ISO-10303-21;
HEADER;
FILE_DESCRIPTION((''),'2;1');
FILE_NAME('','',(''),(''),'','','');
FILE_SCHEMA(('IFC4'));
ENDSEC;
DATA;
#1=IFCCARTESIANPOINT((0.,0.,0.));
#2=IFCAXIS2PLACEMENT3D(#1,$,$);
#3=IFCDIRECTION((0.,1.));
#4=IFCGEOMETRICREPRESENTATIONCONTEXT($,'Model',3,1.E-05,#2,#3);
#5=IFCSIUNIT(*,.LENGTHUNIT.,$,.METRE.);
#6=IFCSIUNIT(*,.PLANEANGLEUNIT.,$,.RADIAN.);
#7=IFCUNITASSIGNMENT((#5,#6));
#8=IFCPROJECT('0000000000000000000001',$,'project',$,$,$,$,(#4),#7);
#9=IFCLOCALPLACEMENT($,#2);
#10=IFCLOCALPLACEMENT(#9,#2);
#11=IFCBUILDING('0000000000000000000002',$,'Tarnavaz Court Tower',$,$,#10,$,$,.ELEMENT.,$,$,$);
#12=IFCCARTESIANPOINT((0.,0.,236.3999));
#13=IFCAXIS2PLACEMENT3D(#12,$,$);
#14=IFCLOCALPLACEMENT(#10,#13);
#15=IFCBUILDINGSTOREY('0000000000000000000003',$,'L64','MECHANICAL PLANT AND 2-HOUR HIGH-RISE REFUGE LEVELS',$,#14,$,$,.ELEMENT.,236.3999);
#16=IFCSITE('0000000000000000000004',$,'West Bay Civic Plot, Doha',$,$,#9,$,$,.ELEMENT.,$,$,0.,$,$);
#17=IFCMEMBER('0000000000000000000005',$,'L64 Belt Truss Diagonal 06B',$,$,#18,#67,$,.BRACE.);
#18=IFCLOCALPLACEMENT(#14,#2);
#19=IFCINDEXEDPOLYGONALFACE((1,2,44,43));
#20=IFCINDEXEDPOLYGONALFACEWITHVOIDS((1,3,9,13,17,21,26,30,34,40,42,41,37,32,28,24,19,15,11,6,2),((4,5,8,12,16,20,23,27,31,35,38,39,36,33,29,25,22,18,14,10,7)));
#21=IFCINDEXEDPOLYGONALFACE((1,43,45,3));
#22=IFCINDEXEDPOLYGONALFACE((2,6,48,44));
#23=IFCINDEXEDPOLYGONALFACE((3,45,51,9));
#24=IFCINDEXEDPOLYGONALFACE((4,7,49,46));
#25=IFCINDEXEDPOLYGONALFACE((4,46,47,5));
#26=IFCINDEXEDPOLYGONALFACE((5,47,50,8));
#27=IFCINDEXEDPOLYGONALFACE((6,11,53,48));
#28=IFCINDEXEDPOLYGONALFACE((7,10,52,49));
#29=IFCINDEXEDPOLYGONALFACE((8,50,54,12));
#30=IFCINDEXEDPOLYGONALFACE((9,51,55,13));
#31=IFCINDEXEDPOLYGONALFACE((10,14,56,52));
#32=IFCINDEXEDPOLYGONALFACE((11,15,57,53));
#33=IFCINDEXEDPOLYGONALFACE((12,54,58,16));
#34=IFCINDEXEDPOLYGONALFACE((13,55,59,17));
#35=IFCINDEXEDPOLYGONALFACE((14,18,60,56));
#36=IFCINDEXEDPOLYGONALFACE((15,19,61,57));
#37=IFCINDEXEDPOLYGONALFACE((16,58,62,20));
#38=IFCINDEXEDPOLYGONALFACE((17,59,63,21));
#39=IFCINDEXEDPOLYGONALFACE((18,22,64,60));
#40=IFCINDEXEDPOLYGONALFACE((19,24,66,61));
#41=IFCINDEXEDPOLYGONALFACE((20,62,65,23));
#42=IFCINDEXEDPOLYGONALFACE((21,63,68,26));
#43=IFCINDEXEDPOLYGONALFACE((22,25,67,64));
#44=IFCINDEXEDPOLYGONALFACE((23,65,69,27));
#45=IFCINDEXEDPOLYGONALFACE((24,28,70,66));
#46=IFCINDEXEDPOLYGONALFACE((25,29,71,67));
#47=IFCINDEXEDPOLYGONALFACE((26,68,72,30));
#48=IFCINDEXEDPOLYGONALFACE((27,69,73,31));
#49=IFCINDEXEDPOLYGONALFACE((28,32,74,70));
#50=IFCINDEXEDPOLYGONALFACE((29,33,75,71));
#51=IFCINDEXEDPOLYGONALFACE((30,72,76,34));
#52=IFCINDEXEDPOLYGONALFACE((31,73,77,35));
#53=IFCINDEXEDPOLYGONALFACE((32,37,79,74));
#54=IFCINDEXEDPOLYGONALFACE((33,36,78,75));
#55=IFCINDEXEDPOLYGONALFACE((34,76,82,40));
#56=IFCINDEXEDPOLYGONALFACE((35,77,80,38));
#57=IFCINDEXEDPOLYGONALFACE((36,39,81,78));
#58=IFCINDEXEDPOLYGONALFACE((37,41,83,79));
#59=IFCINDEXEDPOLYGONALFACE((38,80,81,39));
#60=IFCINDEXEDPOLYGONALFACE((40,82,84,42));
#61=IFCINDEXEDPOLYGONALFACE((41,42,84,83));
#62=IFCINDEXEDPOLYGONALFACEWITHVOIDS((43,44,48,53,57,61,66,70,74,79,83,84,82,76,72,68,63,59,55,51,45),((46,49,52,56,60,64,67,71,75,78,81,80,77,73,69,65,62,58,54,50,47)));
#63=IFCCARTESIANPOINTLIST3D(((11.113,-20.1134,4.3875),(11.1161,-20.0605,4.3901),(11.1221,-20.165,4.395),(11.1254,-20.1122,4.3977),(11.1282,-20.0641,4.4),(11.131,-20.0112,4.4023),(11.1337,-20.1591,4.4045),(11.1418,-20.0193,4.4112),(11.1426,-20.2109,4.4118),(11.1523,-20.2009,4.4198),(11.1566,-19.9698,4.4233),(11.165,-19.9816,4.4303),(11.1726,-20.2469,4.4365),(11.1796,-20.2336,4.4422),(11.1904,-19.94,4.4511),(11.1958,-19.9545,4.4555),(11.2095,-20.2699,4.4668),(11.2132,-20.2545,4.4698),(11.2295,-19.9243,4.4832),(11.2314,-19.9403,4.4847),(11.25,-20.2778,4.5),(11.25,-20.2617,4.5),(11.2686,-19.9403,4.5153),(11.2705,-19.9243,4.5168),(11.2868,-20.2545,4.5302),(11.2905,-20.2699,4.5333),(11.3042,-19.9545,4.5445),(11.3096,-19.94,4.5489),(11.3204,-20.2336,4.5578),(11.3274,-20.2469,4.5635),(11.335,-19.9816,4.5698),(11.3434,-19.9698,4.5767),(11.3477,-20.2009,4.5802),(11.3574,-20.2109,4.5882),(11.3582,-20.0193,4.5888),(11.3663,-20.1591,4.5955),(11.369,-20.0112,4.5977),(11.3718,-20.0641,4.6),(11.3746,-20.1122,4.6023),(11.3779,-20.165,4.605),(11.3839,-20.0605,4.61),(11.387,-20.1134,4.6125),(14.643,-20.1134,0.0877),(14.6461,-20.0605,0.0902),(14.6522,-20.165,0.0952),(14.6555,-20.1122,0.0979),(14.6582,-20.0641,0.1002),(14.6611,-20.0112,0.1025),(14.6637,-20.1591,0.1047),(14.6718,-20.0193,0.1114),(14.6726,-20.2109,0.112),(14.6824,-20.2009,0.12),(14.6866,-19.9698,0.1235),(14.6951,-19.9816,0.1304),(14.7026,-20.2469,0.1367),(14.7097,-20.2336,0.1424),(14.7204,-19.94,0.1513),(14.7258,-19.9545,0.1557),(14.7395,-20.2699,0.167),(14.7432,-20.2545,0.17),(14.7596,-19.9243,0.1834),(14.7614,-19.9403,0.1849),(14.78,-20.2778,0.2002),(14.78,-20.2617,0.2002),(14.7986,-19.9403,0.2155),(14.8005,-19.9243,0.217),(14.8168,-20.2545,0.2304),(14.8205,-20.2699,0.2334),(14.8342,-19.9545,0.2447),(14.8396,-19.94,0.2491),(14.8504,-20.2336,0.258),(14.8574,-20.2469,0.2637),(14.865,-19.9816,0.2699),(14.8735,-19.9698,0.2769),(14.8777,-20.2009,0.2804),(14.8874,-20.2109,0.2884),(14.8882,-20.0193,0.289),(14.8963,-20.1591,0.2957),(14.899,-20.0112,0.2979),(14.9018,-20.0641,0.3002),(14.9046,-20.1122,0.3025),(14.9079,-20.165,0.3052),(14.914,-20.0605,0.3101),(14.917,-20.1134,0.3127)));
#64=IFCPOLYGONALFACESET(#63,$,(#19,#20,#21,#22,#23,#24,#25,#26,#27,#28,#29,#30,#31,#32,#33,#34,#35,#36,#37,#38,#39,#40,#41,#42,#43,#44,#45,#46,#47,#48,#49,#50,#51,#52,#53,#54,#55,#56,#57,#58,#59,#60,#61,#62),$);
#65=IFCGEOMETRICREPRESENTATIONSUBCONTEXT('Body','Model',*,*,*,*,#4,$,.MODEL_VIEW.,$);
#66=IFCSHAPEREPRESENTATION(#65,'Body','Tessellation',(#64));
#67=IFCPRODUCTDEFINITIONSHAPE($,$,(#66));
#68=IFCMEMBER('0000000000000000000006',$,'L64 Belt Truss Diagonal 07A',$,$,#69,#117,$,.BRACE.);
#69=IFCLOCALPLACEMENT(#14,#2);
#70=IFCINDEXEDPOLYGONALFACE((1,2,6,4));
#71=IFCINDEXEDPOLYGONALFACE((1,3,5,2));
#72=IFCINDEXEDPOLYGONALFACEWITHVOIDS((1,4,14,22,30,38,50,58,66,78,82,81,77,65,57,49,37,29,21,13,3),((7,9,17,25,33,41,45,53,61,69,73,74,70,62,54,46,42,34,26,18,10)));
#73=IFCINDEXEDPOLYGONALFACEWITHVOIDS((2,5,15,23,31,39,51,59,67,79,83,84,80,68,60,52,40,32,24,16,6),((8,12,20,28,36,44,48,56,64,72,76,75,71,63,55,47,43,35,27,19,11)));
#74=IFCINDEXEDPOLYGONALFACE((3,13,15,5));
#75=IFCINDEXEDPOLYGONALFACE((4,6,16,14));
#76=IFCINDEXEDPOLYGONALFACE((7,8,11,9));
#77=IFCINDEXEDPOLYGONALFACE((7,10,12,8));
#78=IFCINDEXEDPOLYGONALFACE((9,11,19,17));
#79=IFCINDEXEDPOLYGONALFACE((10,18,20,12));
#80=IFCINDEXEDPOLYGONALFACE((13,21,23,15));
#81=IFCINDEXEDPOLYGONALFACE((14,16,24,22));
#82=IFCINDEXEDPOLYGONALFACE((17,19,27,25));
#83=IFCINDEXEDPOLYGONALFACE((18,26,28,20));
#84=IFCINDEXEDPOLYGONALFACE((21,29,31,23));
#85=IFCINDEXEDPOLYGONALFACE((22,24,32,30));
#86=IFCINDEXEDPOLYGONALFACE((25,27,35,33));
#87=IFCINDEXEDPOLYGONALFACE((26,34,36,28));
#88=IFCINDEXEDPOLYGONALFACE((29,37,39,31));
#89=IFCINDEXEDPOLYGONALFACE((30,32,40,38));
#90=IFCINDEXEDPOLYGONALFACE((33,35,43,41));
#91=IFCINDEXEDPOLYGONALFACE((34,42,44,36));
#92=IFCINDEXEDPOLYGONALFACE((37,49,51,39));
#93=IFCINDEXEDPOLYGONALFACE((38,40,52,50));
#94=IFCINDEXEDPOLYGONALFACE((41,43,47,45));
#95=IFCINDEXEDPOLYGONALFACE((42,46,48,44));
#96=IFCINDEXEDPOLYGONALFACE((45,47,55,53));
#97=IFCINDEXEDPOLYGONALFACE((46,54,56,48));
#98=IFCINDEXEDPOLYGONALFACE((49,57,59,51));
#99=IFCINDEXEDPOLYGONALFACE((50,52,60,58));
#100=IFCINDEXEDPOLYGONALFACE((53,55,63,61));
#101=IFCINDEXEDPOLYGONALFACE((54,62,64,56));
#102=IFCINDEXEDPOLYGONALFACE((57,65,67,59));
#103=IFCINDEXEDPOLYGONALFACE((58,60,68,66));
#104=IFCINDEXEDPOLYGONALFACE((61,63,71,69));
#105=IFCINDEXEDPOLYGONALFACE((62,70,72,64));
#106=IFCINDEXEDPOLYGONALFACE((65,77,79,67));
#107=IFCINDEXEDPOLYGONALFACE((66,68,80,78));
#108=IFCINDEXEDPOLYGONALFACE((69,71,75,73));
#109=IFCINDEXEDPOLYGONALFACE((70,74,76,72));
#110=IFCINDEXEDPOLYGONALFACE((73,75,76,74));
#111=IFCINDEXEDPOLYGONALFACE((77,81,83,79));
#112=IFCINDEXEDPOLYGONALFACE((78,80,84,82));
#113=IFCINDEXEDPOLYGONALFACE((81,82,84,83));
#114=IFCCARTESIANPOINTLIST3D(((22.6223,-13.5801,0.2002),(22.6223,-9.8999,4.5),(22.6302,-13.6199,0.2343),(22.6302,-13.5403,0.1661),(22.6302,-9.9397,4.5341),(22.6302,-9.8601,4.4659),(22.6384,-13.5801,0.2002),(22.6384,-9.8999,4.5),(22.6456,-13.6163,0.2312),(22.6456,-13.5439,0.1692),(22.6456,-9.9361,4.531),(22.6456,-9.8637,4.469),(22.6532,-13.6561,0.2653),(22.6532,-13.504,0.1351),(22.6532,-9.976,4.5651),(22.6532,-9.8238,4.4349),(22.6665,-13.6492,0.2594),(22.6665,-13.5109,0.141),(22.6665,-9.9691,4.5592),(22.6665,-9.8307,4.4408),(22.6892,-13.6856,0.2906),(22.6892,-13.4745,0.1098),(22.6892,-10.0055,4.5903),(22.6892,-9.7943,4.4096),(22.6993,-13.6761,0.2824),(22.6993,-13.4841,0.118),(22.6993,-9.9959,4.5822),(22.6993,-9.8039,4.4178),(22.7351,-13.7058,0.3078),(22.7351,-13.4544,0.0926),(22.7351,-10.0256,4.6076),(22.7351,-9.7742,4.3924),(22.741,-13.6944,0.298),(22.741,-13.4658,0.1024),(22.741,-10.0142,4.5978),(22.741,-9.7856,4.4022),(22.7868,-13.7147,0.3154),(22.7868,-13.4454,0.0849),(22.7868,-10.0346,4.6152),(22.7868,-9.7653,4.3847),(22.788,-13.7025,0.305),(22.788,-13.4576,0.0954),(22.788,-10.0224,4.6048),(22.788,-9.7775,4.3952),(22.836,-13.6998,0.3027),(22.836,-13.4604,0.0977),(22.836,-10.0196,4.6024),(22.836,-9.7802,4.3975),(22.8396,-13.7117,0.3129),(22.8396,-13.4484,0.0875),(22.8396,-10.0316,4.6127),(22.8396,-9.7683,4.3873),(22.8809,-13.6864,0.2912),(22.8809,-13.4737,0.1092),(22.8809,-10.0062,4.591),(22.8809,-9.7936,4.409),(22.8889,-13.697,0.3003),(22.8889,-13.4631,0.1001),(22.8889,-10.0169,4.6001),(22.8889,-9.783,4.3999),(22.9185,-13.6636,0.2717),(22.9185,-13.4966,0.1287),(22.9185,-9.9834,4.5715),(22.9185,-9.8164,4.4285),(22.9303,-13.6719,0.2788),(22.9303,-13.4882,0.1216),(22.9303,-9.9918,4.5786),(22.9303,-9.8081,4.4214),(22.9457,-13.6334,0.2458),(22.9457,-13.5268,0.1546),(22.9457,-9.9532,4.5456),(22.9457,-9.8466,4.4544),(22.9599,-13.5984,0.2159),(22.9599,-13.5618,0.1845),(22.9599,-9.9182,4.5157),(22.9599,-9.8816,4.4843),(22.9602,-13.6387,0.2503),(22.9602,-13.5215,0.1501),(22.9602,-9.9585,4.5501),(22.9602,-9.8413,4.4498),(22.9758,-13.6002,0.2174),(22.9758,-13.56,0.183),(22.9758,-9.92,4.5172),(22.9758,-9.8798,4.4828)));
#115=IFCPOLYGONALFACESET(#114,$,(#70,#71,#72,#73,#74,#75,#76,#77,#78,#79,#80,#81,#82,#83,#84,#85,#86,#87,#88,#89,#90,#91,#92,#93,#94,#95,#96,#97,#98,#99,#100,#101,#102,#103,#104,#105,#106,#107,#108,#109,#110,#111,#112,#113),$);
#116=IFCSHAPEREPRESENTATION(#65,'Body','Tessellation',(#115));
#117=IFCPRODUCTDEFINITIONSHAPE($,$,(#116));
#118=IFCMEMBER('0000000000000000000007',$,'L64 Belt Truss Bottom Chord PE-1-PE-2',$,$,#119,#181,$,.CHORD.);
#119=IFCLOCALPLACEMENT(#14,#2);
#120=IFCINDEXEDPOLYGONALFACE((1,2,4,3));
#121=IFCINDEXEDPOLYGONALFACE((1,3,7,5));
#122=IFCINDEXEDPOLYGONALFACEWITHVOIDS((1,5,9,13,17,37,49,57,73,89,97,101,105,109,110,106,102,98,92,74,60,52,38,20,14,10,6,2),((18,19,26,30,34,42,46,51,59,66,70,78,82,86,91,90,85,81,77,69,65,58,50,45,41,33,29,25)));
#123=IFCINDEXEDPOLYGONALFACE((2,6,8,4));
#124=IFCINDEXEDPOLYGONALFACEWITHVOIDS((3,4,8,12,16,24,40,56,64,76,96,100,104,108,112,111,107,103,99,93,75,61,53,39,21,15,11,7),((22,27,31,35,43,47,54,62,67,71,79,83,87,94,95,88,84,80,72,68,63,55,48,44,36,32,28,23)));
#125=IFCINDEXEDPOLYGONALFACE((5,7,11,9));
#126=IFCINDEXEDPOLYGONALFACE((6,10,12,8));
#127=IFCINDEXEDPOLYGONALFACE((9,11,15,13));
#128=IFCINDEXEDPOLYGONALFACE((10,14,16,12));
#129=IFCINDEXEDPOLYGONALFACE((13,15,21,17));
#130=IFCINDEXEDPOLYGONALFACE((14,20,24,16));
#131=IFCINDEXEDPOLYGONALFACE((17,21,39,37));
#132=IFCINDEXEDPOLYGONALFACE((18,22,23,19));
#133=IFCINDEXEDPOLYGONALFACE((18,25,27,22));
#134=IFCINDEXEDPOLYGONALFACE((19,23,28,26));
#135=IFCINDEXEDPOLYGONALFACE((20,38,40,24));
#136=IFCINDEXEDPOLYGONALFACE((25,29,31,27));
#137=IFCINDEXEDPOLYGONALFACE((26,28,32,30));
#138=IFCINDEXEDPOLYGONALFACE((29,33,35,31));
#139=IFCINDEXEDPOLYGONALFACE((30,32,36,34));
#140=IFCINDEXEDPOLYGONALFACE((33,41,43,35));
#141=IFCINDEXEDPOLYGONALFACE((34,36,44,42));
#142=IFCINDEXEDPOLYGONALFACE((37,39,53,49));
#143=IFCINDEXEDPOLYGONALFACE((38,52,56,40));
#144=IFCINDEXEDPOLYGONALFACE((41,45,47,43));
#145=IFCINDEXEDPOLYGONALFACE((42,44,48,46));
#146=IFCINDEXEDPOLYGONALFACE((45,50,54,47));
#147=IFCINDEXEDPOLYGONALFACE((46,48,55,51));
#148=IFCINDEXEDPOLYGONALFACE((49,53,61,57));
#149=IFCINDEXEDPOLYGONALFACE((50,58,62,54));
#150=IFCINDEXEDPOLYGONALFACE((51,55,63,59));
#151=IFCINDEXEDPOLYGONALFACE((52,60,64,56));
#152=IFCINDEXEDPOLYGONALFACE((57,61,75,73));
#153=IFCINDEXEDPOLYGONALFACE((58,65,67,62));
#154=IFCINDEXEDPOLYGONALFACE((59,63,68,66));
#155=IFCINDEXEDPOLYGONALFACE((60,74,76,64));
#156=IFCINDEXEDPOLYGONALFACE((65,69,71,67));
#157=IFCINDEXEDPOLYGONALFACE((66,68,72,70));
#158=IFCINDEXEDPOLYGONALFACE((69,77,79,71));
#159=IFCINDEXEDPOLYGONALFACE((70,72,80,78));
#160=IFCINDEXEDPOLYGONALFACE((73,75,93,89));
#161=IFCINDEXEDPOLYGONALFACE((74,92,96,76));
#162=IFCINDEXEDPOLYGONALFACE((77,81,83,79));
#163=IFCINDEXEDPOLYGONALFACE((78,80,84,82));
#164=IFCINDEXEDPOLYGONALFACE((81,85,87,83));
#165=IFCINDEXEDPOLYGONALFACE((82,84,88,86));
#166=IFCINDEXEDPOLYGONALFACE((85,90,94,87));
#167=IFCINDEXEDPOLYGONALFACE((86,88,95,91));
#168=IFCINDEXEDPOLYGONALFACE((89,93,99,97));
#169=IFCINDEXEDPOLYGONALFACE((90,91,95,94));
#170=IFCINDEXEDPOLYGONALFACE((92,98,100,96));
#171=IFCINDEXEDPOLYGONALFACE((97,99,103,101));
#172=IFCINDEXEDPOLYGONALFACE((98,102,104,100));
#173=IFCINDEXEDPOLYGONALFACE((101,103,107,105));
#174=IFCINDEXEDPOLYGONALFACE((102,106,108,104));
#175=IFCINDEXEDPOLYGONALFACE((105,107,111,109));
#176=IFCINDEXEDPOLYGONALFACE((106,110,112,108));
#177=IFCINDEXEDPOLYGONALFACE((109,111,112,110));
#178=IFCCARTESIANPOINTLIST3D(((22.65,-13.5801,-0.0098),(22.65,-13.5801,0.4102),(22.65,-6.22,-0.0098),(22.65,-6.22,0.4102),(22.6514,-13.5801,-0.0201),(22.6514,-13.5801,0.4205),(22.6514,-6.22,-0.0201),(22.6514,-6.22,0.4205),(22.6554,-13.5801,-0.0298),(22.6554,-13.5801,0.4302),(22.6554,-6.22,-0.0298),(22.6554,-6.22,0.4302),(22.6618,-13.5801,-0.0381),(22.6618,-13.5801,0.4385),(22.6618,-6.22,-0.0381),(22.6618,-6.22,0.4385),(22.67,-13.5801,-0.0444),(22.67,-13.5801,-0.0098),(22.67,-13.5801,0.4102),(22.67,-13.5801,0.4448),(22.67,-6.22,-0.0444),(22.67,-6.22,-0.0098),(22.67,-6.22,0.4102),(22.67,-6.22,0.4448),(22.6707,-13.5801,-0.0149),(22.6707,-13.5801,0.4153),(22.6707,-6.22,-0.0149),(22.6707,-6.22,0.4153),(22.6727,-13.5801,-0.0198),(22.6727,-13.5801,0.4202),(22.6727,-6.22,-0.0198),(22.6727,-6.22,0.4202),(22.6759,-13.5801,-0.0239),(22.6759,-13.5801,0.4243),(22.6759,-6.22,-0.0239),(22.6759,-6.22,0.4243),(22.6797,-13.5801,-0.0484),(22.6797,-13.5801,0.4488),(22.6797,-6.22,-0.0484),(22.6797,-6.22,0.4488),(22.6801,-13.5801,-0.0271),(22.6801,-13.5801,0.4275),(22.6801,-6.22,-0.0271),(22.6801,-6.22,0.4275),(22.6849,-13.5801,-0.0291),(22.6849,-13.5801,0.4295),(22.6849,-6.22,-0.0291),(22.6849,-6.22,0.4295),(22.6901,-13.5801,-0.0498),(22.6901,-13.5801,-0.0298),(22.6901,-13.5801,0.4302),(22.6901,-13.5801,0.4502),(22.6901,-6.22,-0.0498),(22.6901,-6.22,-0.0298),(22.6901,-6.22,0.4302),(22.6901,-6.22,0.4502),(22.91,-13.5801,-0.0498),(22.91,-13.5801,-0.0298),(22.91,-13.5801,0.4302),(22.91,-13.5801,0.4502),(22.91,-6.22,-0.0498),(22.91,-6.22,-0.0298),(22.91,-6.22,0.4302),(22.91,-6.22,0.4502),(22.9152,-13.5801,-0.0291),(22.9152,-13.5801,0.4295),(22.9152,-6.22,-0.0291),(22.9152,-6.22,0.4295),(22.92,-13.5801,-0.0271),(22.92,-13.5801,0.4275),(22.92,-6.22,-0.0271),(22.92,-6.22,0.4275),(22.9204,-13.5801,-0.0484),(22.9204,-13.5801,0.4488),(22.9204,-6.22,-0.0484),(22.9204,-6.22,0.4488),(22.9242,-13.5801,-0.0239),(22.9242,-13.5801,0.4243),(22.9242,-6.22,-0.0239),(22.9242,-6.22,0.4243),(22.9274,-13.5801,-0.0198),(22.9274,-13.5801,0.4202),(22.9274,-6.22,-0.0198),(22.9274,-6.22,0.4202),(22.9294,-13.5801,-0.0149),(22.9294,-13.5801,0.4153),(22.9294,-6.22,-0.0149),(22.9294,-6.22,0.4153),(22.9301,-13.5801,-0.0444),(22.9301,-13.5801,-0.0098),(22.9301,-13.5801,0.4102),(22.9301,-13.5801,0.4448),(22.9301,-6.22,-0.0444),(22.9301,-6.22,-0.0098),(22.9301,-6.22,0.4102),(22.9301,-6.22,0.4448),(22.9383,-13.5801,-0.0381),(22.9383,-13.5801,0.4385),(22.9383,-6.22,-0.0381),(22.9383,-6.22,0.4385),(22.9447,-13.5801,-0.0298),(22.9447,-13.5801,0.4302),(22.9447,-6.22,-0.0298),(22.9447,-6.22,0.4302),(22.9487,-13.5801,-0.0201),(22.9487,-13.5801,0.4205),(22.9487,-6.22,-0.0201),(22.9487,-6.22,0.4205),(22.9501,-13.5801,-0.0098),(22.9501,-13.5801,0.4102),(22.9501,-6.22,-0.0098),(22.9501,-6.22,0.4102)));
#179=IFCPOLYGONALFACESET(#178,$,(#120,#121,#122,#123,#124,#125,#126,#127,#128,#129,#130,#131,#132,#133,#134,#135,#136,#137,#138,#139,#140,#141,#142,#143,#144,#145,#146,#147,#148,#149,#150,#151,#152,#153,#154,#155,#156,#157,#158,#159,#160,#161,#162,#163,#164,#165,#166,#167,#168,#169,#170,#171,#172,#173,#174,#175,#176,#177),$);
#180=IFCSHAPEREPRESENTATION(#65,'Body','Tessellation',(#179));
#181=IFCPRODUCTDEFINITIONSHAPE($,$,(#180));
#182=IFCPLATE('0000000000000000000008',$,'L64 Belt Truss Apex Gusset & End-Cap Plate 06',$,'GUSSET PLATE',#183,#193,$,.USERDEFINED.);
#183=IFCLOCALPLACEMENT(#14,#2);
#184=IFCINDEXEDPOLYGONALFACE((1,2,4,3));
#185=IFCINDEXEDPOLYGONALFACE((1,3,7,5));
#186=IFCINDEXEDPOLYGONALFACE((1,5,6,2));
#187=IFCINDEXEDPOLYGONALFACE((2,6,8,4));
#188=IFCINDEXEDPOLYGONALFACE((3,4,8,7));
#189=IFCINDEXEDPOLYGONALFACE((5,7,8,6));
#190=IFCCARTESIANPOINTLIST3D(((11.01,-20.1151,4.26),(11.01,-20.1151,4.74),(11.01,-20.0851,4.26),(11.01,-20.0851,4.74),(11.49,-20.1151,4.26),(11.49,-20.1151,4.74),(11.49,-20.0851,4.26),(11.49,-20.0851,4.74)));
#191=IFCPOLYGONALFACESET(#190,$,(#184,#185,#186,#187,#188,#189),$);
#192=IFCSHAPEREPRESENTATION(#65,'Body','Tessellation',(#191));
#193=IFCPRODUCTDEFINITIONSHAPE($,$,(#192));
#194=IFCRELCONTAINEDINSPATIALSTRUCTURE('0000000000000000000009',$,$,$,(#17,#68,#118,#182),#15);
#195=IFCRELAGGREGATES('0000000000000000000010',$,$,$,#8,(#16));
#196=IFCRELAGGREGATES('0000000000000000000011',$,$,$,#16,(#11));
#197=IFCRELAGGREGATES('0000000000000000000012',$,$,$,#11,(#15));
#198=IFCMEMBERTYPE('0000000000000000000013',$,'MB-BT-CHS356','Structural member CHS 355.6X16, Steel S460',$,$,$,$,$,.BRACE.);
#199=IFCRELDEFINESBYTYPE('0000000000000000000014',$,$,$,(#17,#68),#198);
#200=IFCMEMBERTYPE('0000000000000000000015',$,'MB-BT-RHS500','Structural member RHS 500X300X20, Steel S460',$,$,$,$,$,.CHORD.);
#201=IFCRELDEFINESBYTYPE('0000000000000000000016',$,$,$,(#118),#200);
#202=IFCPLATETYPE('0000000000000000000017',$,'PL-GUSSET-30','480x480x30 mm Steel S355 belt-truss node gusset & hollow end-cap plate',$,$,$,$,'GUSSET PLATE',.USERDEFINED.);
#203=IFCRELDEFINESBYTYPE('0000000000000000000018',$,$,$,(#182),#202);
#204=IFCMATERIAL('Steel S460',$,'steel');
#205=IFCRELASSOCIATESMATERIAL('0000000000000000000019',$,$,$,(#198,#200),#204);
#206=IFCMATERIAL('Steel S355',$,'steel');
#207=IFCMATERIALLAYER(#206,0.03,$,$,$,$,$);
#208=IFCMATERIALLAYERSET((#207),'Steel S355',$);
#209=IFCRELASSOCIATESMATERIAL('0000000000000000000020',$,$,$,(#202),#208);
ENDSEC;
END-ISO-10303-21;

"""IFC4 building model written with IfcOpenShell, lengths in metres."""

from ifc_helpers import new_model, si_unit, direction, frame, origin, origin_2d, place, context, subcontext, project, spatial, rectangle, hollow_rectangle, hollow_circle, extrude, material, layer, layer_set, material_profile, profile_set, type_object, element, save


model = new_model("IFC4")

# Units and contexts
model_context = context("Model", 3, precision=1e-05, world=origin(), true_north=direction((0.0, 1.0)))
body_context = subcontext(model_context, "Body", "Model", "MODEL_VIEW")
ifc_project = project(units=[si_unit("LENGTHUNIT", "METRE"), si_unit("PLANEANGLEUNIT", "RADIAN")], contexts=[model_context])

# Site, building, storey
site_placement = place(None, origin())
site = spatial("IfcSite", under=ifc_project, at=site_placement, Name="West Bay Civic Plot, Doha", CompositionType="ELEMENT", RefElevation=0.0)
building_placement = place(site_placement, origin())
building = spatial("IfcBuilding", under=site, at=building_placement, Name="Tarnavaz Court Tower", CompositionType="ELEMENT")
storey_placement = place(building_placement, frame((0.0, 0.0, 236.3999)))
storey = spatial("IfcBuildingStorey", under=building, at=storey_placement, Name="L64", Description="MECHANICAL PLANT AND 2-HOUR HIGH-RISE REFUGE LEVELS", CompositionType="ELEMENT", Elevation=236.3999)

# Shared definitions
ifc_material_1 = material(Name="Steel S460", Category="steel")

# Members
ifc_material_profile_1 = material_profile(ifc_material_1, hollow_circle(Radius=0.1777, WallThickness=0.0161, at=origin_2d()), Name="CHS 355.6X16")
ifc_profile_set_1 = profile_set([ifc_material_profile_1], Name="Steel S460")
member_type_1 = type_object("IfcMemberType", Name="MB-BT-CHS356", Description="Structural member CHS 355.6X16, Steel S460", PredefinedType="BRACE", material=ifc_profile_set_1)
member_1_placement = place(storey_placement, frame((14.78, -20.1001, 0.2002), z_axis=(-0.63453, 0.0, 0.772898), x_axis=(0.0, -1.0, 0.0)))
element("IfcMember", 1, at=member_1_placement, inside=storey, type_object=member_type_1, Name="L64 Belt Truss Diagonal 06B", PredefinedType="BRACE", context=body_context, shape_type="SweptSolid", body=[
    extrude(hollow_circle(Radius=0.1777, WallThickness=0.0161, at=origin_2d()), origin(), (0.0, 0.0, 1.0), 5.5632),
])
member_2_placement = place(storey_placement, frame((22.8, -13.5801, 0.2002), z_axis=(0.0, 0.650244, 0.759725), x_axis=(-1.0, 0.0, 0.0)))
element("IfcMember", 2, at=member_2_placement, inside=storey, type_object=member_type_1, Name="L64 Belt Truss Diagonal 07A", PredefinedType="BRACE", context=body_context, shape_type="SweptSolid", body=[
    extrude(hollow_circle(Radius=0.1777, WallThickness=0.0161, at=origin_2d()), origin(), (0.0, 0.0, 1.0), 5.6597),
])
ifc_material_profile_2 = material_profile(ifc_material_1, hollow_rectangle(XDim=0.3, YDim=0.5, WallThickness=0.02, InnerFilletRadius=0.02, OuterFilletRadius=0.04, at=origin_2d()), Name="RHS 500X300X20")
ifc_profile_set_2 = profile_set([ifc_material_profile_2], Name="Steel S460")
member_type_2 = type_object("IfcMemberType", Name="MB-BT-RHS500", Description="Structural member RHS 500X300X20, Steel S460", PredefinedType="CHORD", material=ifc_profile_set_2)
member_3_placement = place(storey_placement, frame((22.8, -13.5801, 0.2002), z_axis=(0.0, 1.0, 0.0), x_axis=(-1.0, 0.0, 0.0)))
element("IfcMember", 3, at=member_3_placement, inside=storey, type_object=member_type_2, Name="L64 Belt Truss Bottom Chord PE-1-PE-2", PredefinedType="CHORD", context=body_context, shape_type="SweptSolid", body=[
    extrude(hollow_rectangle(XDim=0.3, YDim=0.5, WallThickness=0.02, InnerFilletRadius=0.02, OuterFilletRadius=0.04, at=origin_2d()), origin(), (0.0, 0.0, 1.0), 7.3601),
])

# Plate
ifc_material_2 = material(Name="Steel S355", Category="steel")
ifc_layer_1 = layer(ifc_material_2, 0.03)
ifc_layer_set_1 = layer_set([ifc_layer_1], Name="Steel S355")
plate_type = type_object("IfcPlateType", Name="PL-GUSSET-30", Description="480x480x30 mm Steel S355 belt-truss node gusset & hollow end-cap plate", ElementType="GUSSET PLATE", PredefinedType="USERDEFINED", material=ifc_layer_set_1)
for number, where, z_axis, x_axis, name in (
    (4, (11.25, -20.1001, 4.26), (0.0, 0.0, 1.0), (1.0, 0.0, 0.0), "L64 Belt Truss Apex Gusset & End-Cap Plate 06"),
):
    element("IfcPlate", number, at=place(storey_placement, frame(where, z_axis=z_axis, x_axis=x_axis)), inside=storey, type_object=plate_type, Name=name, ObjectType="GUSSET PLATE", PredefinedType="USERDEFINED", context=body_context, shape_type="SweptSolid", body=[
        extrude(rectangle(XDim=0.48, YDim=0.03, at=origin_2d()), origin(), (0.0, 0.0, 1.0), 0.48),
    ])

save(model, "model.ifc")
